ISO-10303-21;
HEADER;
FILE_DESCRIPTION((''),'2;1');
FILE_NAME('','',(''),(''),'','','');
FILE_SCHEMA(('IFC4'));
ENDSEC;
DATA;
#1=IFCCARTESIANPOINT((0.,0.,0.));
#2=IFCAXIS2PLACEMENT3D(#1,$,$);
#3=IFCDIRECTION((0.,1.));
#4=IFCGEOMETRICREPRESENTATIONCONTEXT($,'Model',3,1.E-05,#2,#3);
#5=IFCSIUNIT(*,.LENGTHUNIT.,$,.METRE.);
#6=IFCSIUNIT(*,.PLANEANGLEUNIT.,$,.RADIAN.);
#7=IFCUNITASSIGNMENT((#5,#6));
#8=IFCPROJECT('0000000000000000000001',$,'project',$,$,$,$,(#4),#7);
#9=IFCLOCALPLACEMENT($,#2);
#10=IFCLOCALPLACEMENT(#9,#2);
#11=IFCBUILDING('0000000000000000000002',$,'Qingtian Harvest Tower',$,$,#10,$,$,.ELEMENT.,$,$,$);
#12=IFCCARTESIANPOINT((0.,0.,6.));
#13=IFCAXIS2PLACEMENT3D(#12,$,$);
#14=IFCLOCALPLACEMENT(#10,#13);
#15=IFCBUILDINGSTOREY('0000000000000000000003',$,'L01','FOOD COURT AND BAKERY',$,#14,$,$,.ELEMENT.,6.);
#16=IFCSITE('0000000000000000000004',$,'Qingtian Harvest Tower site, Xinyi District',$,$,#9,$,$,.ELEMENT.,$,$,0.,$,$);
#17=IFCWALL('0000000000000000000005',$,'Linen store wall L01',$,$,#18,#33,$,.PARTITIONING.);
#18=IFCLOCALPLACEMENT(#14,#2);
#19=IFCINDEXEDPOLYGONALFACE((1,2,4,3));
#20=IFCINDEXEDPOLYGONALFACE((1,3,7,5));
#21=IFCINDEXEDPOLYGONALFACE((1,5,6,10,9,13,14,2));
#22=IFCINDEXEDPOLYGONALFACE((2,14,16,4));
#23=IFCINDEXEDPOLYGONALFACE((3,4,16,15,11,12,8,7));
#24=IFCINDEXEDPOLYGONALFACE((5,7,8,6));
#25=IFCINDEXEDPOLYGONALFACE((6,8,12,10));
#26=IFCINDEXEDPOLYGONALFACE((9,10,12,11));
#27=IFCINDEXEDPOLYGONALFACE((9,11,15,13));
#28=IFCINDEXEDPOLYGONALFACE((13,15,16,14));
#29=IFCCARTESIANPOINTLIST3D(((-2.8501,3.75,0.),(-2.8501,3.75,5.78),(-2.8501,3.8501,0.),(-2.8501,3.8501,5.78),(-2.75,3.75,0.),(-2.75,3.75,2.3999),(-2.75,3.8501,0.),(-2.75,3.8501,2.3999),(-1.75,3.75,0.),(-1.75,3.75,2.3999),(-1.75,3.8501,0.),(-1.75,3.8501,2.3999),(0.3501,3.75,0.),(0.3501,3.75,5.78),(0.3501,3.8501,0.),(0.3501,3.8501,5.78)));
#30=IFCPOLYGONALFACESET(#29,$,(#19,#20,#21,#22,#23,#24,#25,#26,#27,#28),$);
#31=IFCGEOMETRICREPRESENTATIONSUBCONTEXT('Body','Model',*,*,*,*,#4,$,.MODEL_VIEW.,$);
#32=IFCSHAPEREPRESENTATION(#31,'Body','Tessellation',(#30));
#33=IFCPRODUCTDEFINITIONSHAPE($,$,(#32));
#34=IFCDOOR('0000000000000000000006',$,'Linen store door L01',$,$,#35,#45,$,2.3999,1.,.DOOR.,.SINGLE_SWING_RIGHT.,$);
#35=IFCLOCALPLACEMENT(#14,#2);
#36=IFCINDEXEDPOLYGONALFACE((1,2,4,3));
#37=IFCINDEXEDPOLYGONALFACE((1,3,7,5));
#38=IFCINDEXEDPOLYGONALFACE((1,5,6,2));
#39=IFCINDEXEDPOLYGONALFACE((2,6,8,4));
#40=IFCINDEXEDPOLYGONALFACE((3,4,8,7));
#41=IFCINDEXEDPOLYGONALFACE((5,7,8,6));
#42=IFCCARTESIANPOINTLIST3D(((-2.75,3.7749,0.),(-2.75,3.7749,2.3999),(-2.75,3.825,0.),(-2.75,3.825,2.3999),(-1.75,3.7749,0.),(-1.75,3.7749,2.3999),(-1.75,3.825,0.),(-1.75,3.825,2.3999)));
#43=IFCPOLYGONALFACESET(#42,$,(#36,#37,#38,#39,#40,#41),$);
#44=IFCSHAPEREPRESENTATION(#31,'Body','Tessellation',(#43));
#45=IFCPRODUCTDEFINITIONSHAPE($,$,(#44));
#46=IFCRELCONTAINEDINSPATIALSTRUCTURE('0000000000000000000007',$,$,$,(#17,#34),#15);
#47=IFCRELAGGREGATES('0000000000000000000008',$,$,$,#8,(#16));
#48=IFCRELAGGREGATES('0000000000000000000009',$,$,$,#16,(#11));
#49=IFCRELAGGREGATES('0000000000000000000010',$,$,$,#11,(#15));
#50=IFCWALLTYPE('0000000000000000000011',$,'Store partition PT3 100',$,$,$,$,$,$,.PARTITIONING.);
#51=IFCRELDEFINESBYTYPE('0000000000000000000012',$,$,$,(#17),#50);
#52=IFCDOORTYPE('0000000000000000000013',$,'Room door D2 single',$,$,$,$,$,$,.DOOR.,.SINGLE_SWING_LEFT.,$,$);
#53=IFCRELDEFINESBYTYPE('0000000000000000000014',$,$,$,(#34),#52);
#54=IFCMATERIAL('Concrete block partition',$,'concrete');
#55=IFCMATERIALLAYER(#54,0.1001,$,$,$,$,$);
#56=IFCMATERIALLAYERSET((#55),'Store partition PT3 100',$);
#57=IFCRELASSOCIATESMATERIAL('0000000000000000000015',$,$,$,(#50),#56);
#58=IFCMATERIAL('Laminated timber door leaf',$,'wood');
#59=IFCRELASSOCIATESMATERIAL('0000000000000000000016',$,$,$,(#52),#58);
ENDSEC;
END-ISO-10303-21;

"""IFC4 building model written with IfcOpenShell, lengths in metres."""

from ifc_helpers import new_model, si_unit, direction, frame, frame_2d, origin, place, context, subcontext, project, spatial, rectangle, extrude, material, layer, layer_set, type_object, element, fill, save


model = new_model("IFC4")

# Units and contexts
model_context = context("Model", 3, precision=1e-05, world=origin(), true_north=direction((0.0, 1.0)))
body_context = subcontext(model_context, "Body", "Model", "MODEL_VIEW")
ifc_project = project(units=[si_unit("LENGTHUNIT", "METRE"), si_unit("PLANEANGLEUNIT", "RADIAN")], contexts=[model_context])

# Site, building, storey
site_placement = place(None, origin())
site = spatial("IfcSite", under=ifc_project, at=site_placement, Name="Qingtian Harvest Tower site, Xinyi District", CompositionType="ELEMENT", RefElevation=0.0)
building_placement = place(site_placement, origin())
building = spatial("IfcBuilding", under=site, at=building_placement, Name="Qingtian Harvest Tower", CompositionType="ELEMENT")
storey_placement = place(building_placement, frame((0.0, 0.0, 6.0)))
storey = spatial("IfcBuildingStorey", under=building, at=storey_placement, Name="L01", Description="FOOD COURT AND BAKERY", CompositionType="ELEMENT", Elevation=6.0)

# Wall, opening, door
ifc_material_1 = material(Name="Concrete block partition", Category="concrete")
ifc_layer_1 = layer(ifc_material_1, 0.1001)
ifc_layer_set_1 = layer_set([ifc_layer_1], Name="Store partition PT3 100")
wall_type_1 = type_object("IfcWallType", Name="Store partition PT3 100", PredefinedType="PARTITIONING", material=ifc_layer_set_1)
wall_1_placement = place(storey_placement, frame((-2.8501, 3.8, 0.0), z_axis=(0.0, 0.0, 1.0), x_axis=(1.0, 0.0, 0.0)))
wall_1 = element("IfcWall", 1, at=wall_1_placement, inside=storey, type_object=wall_type_1, Name="Linen store wall L01", PredefinedType="PARTITIONING", context=body_context, shape_type="SweptSolid", body=[
    extrude(rectangle(XDim=3.2002, YDim=0.1001, at=frame_2d((1.6001, 0.0))), origin(), (0.0, 0.0, 1.0), 5.78),
])
opening_1_placement = place(wall_1_placement, frame((0.1001, 0.0, 0.0)))
opening_1 = element("IfcOpeningElement", 2, at=opening_1_placement, cuts=wall_1, PredefinedType="OPENING", context=body_context, shape_type="SweptSolid", body=[
    extrude(rectangle(XDim=1.0, YDim=2.3999, at=frame_2d((0.5, 1.2))), frame((0.0, 0.0601, 0.0), z_axis=(0.0, -1.0, 0.0), x_axis=(1.0, 0.0, 0.0)), (0.0, 0.0, 1.0), 0.1201),
])
ifc_material_2 = material(Name="Laminated timber door leaf", Category="wood")
door_type_1 = type_object("IfcDoorType", Name="Room door D2 single", OperationType="SINGLE_SWING_LEFT", PredefinedType="DOOR", material=ifc_material_2)
door_1_placement = place(opening_1_placement, origin())
door_1 = element("IfcDoor", 3, at=door_1_placement, inside=storey, type_object=door_type_1, Name="Linen store door L01", OperationType="SINGLE_SWING_RIGHT", OverallHeight=2.3999, OverallWidth=1.0, PredefinedType="DOOR", context=body_context, shape_type="SweptSolid", body=[
    extrude(rectangle(XDim=1.0, YDim=2.3999, at=frame_2d((0.5, 1.2))), frame((0.0, 0.0249, 0.0), z_axis=(0.0, -1.0, 0.0), x_axis=(1.0, 0.0, 0.0)), (0.0, 0.0, 1.0), 0.05),
])
fill(opening_1, door_1)

save(model, "model.ifc")
